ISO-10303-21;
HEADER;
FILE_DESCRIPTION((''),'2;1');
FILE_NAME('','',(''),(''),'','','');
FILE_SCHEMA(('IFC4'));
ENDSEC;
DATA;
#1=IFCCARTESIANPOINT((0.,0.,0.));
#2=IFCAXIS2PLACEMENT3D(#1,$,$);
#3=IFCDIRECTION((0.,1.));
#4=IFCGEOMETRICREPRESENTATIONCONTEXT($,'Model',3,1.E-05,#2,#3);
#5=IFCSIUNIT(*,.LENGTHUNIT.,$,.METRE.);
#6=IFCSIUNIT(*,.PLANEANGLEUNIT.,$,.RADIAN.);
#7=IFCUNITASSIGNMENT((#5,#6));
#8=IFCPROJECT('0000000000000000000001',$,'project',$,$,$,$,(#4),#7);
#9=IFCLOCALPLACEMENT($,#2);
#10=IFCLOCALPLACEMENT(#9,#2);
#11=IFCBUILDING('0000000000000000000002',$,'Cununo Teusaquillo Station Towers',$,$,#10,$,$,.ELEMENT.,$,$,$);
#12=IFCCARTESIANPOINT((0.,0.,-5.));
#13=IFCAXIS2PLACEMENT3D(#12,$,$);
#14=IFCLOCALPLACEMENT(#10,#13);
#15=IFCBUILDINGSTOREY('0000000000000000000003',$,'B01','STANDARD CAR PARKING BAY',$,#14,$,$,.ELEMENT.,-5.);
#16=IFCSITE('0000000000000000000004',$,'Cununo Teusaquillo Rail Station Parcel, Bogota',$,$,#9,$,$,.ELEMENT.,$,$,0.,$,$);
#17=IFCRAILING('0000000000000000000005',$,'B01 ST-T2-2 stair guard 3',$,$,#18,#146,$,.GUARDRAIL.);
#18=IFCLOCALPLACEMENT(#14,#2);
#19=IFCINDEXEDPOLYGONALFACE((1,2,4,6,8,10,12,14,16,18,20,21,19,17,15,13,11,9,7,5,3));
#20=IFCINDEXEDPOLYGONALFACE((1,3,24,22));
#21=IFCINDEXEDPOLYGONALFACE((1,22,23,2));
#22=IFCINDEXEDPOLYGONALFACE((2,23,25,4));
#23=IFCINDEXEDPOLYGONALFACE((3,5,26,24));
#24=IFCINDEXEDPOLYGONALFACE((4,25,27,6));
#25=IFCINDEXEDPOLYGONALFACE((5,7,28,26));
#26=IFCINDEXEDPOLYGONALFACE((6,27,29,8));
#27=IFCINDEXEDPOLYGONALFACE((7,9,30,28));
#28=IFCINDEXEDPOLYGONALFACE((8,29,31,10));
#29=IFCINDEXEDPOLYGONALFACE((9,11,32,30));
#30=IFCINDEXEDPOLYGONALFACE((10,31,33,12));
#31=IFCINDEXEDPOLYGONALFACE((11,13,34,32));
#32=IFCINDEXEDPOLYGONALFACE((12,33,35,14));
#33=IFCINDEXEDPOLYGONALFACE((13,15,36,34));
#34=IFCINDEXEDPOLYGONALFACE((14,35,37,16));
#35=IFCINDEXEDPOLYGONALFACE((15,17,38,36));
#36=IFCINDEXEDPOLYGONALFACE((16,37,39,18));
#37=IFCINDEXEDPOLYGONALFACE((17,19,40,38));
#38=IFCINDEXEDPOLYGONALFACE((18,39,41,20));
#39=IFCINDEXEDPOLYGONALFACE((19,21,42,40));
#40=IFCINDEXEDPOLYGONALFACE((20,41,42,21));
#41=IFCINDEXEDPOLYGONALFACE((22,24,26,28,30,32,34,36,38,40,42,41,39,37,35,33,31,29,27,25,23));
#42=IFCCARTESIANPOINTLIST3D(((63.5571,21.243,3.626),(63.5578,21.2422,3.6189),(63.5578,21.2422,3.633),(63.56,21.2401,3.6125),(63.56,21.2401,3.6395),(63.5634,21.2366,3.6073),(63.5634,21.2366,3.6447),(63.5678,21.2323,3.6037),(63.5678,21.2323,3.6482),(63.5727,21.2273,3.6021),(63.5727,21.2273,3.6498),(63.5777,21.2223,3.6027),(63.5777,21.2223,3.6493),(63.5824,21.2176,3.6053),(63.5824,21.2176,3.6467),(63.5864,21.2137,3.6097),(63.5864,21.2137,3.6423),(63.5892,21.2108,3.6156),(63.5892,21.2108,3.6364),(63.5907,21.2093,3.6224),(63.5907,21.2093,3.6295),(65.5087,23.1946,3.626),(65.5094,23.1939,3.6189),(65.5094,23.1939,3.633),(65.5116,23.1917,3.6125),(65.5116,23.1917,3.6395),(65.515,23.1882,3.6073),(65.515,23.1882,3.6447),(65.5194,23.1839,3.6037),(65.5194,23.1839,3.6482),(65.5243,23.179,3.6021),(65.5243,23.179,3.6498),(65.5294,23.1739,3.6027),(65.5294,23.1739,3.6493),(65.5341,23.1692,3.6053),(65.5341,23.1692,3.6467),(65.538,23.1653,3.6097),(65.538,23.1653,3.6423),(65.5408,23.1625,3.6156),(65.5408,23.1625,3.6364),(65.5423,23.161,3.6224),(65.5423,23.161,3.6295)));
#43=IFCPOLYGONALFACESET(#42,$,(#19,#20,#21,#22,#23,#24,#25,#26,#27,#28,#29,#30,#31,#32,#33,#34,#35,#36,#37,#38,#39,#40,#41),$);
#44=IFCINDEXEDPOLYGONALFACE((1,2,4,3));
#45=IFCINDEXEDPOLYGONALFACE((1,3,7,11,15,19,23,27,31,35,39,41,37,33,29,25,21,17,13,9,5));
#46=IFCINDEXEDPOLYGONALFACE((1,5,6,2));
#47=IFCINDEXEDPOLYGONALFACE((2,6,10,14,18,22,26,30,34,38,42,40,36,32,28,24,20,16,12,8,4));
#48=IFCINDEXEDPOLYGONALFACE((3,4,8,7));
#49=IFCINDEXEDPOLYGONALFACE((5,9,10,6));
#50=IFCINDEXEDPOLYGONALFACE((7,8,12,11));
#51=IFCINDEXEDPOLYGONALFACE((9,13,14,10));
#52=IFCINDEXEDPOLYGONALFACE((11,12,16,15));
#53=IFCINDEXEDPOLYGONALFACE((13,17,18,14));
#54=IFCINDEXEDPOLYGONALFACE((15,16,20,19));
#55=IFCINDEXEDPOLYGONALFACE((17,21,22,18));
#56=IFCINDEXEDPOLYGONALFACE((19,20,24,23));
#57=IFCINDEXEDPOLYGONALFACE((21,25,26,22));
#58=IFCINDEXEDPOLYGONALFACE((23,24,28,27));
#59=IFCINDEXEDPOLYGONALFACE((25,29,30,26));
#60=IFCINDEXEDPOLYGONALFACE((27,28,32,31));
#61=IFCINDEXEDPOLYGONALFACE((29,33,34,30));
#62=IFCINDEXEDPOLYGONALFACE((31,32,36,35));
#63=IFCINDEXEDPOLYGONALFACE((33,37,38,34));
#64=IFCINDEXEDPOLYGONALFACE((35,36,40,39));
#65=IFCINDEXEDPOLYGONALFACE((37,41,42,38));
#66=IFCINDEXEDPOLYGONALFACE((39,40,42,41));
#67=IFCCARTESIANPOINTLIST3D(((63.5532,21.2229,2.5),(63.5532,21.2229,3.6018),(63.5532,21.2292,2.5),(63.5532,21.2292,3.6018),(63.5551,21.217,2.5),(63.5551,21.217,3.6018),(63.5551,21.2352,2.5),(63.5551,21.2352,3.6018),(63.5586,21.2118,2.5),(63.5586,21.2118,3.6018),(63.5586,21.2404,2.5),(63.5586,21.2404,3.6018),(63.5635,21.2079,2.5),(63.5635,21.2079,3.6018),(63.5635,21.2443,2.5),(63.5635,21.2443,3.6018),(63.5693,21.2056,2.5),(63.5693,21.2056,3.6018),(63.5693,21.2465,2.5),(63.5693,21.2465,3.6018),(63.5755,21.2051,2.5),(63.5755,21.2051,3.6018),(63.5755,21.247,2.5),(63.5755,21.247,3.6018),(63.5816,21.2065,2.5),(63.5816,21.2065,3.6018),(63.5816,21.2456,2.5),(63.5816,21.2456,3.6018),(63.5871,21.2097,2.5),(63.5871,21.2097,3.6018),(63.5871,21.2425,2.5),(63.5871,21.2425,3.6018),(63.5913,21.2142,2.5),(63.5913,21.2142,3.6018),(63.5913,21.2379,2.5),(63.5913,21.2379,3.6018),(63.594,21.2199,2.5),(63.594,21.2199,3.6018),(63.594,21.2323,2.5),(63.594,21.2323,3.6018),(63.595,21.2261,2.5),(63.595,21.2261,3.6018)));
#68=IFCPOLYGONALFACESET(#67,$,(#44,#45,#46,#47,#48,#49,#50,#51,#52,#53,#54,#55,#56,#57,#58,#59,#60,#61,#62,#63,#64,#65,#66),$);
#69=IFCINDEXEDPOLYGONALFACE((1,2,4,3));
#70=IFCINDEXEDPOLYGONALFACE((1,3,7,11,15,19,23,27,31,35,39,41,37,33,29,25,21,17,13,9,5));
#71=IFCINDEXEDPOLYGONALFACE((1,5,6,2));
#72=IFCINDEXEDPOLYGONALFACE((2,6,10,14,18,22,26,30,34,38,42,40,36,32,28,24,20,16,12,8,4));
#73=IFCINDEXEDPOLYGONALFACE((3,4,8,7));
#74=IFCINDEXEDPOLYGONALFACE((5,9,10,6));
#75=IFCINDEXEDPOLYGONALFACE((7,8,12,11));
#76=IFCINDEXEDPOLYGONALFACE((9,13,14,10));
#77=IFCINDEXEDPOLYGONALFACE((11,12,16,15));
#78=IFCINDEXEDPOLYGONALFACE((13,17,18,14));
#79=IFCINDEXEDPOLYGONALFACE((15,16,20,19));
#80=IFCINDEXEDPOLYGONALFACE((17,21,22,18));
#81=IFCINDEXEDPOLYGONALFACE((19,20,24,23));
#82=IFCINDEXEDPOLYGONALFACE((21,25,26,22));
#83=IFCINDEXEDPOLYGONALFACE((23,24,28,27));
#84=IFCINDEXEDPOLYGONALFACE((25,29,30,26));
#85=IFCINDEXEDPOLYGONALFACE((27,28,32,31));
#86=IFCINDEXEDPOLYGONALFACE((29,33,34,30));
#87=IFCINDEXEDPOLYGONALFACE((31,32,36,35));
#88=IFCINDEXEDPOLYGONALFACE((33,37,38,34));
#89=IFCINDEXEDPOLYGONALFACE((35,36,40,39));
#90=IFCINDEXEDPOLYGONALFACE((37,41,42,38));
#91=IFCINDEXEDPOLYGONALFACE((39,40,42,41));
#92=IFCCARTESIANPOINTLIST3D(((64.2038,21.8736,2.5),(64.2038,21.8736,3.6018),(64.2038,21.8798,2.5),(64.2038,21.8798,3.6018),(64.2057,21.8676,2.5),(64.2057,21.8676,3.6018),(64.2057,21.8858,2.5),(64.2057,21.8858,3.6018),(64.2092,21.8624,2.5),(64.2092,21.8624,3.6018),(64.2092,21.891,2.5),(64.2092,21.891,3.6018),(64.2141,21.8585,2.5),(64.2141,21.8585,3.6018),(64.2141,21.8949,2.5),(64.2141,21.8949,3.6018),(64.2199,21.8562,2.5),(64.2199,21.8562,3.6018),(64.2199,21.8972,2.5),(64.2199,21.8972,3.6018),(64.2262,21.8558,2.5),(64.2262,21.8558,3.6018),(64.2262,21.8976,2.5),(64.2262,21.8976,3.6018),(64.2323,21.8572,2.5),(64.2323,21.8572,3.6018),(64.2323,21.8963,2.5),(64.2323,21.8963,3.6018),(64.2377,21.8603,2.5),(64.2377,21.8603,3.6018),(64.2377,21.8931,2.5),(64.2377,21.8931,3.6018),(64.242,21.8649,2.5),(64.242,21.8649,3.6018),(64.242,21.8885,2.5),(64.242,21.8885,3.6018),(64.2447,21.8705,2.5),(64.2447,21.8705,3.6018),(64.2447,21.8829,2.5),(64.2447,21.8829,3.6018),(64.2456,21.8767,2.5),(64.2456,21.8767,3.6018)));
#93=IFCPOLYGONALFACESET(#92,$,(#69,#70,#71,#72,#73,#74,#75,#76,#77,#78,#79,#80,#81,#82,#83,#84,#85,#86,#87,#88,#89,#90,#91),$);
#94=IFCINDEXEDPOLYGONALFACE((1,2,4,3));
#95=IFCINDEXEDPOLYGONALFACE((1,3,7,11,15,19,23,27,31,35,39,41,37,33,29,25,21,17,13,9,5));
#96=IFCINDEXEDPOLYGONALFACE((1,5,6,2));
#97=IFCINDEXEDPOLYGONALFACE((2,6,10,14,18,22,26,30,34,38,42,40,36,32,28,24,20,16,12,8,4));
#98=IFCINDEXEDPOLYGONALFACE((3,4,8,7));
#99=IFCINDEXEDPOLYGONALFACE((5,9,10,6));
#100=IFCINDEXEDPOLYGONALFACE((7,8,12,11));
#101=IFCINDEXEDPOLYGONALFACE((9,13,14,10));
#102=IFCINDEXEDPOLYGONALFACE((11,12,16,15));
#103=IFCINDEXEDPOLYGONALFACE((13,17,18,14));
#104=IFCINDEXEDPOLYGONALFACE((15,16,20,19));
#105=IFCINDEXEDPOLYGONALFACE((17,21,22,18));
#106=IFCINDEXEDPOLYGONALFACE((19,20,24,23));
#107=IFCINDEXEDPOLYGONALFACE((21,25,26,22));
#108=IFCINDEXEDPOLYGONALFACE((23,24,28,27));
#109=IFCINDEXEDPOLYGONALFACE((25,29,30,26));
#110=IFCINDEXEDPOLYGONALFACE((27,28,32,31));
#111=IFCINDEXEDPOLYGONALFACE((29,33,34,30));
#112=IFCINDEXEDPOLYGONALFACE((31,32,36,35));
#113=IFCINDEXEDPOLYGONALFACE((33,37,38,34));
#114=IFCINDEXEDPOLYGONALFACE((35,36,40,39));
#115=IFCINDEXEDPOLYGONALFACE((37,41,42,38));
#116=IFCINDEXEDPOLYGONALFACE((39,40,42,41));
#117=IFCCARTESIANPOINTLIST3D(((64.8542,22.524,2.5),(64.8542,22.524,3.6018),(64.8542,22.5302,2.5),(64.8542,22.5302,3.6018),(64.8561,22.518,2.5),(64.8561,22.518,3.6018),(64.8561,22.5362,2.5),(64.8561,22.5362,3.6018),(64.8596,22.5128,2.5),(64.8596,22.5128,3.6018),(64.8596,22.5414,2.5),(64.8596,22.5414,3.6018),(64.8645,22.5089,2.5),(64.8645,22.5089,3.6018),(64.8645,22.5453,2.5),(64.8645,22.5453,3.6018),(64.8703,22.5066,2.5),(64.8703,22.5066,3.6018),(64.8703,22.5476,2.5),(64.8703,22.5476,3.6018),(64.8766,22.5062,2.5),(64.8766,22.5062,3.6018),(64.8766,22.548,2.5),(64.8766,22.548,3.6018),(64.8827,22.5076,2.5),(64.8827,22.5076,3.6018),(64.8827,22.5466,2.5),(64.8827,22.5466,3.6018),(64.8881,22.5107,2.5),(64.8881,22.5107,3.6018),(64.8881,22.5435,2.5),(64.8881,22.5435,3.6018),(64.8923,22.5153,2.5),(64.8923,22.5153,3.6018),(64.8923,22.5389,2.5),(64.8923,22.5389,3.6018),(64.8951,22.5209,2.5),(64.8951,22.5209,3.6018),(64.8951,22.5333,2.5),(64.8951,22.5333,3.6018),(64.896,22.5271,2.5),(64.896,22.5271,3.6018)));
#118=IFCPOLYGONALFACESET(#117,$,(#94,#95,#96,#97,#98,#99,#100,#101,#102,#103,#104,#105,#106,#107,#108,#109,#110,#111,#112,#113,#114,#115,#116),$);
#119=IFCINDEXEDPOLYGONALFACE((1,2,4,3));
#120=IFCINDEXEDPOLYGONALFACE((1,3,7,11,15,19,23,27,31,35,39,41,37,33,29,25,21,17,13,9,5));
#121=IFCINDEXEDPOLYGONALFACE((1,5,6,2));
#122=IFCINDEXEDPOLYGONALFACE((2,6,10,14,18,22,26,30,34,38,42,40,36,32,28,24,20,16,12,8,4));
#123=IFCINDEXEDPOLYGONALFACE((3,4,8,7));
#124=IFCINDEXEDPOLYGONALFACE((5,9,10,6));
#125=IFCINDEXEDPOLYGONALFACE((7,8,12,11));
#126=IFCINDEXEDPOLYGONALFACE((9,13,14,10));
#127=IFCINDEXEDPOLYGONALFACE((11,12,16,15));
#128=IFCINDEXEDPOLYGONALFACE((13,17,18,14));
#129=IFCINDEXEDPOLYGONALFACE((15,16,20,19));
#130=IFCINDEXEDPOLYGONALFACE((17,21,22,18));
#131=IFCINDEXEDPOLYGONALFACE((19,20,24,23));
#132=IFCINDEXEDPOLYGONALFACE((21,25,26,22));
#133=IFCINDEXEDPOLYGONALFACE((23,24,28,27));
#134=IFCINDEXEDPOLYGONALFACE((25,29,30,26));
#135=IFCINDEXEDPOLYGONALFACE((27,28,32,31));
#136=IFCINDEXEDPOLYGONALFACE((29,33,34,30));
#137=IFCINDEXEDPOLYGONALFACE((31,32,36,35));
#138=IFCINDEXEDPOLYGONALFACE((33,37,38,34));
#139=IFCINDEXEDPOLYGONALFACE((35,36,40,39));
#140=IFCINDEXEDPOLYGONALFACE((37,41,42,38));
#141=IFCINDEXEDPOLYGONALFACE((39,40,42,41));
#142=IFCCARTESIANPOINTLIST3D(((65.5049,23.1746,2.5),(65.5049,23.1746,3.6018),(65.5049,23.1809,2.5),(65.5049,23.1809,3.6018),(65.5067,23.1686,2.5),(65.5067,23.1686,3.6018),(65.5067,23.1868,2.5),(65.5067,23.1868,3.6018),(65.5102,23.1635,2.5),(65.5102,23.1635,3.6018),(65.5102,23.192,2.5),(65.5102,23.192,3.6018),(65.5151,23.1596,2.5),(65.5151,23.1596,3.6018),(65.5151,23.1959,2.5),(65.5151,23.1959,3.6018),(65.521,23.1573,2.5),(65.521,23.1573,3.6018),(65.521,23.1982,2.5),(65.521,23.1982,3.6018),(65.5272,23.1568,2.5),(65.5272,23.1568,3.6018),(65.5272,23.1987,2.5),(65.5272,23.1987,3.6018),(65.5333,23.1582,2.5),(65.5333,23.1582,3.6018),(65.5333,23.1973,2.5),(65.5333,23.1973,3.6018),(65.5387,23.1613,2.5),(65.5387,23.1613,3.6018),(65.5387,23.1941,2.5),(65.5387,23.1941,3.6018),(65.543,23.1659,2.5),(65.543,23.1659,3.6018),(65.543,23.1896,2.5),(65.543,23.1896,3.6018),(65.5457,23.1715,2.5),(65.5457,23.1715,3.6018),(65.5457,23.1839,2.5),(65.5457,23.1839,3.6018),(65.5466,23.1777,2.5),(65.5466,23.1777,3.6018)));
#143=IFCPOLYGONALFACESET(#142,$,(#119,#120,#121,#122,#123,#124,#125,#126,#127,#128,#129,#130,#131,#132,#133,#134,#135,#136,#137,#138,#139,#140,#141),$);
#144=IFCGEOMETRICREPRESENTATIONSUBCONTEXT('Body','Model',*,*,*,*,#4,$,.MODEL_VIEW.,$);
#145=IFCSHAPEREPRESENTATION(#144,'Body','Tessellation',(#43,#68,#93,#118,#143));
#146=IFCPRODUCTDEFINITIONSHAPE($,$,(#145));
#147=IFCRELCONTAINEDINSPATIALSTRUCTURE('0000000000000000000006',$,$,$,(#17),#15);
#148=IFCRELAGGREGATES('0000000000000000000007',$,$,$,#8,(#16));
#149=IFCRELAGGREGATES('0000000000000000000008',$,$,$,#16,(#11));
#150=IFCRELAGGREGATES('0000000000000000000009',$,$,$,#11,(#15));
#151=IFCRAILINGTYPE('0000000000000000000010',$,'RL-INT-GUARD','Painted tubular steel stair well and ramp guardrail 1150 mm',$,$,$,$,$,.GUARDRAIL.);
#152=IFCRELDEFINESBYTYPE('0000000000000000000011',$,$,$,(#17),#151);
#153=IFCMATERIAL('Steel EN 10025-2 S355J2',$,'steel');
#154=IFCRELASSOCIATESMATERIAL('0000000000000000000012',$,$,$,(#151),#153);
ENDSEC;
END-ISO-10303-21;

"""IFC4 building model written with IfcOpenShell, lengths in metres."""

from ifc_helpers import new_model, si_unit, direction, frame, origin, origin_2d, place, context, subcontext, project, spatial, circle, extrude, material, type_object, element, save


model = new_model("IFC4")

# Units and contexts
model_context = context("Model", 3, precision=1e-05, world=origin(), true_north=direction((0.0, 1.0)))
body_context = subcontext(model_context, "Body", "Model", "MODEL_VIEW")
ifc_project = project(units=[si_unit("LENGTHUNIT", "METRE"), si_unit("PLANEANGLEUNIT", "RADIAN")], contexts=[model_context])

# Site, building, storey
site_placement = place(None, origin())
site = spatial("IfcSite", under=ifc_project, at=site_placement, Name="Cununo Teusaquillo Rail Station Parcel, Bogota", CompositionType="ELEMENT", RefElevation=0.0)
building_placement = place(site_placement, origin())
building = spatial("IfcBuilding", under=site, at=building_placement, Name="Cununo Teusaquillo Station Towers", CompositionType="ELEMENT")
storey_placement = place(building_placement, frame((0.0, 0.0, -5.0)))
storey = spatial("IfcBuildingStorey", under=building, at=storey_placement, Name="B01", Description="STANDARD CAR PARKING BAY", CompositionType="ELEMENT", Elevation=-5.0)

# Railing
ifc_material_1 = material(Name="Steel EN 10025-2 S355J2", Category="steel")
railing_type = type_object("IfcRailingType", Name="RL-INT-GUARD", Description="Painted tubular steel stair well and ramp guardrail 1150 mm", PredefinedType="GUARDRAIL", material=ifc_material_1)
railing_1_placement = place(storey_placement, frame((63.574, 21.2261, 2.5)))
element("IfcRailing", 1, at=railing_1_placement, inside=storey, type_object=railing_type, Name="B01 ST-T2-2 stair guard 3", PredefinedType="GUARDRAIL", context=body_context, shape_type="SweptSolid", body=[
    extrude(circle(Radius=0.0239, at=origin_2d()), frame((0.0, 0.0, 1.126), z_axis=(0.707107, 0.707107, 0.0), x_axis=(-0.707107, 0.707107, 0.0)), (0.0, 0.0, 1.0), 2.76),
    extrude(circle(Radius=0.021, at=origin_2d()), origin(), (0.0, 0.0, 1.0), 1.1018),
    extrude(circle(Radius=0.021, at=origin_2d()), frame((0.6506, 0.6506, 0.0)), (0.0, 0.0, 1.0), 1.1018),
    extrude(circle(Radius=0.021, at=origin_2d()), frame((1.301, 1.301, 0.0)), (0.0, 0.0, 1.0), 1.1018),
    extrude(circle(Radius=0.021, at=origin_2d()), frame((1.9517, 1.9517, 0.0)), (0.0, 0.0, 1.0), 1.1018),
])

save(model, "model.ifc")
